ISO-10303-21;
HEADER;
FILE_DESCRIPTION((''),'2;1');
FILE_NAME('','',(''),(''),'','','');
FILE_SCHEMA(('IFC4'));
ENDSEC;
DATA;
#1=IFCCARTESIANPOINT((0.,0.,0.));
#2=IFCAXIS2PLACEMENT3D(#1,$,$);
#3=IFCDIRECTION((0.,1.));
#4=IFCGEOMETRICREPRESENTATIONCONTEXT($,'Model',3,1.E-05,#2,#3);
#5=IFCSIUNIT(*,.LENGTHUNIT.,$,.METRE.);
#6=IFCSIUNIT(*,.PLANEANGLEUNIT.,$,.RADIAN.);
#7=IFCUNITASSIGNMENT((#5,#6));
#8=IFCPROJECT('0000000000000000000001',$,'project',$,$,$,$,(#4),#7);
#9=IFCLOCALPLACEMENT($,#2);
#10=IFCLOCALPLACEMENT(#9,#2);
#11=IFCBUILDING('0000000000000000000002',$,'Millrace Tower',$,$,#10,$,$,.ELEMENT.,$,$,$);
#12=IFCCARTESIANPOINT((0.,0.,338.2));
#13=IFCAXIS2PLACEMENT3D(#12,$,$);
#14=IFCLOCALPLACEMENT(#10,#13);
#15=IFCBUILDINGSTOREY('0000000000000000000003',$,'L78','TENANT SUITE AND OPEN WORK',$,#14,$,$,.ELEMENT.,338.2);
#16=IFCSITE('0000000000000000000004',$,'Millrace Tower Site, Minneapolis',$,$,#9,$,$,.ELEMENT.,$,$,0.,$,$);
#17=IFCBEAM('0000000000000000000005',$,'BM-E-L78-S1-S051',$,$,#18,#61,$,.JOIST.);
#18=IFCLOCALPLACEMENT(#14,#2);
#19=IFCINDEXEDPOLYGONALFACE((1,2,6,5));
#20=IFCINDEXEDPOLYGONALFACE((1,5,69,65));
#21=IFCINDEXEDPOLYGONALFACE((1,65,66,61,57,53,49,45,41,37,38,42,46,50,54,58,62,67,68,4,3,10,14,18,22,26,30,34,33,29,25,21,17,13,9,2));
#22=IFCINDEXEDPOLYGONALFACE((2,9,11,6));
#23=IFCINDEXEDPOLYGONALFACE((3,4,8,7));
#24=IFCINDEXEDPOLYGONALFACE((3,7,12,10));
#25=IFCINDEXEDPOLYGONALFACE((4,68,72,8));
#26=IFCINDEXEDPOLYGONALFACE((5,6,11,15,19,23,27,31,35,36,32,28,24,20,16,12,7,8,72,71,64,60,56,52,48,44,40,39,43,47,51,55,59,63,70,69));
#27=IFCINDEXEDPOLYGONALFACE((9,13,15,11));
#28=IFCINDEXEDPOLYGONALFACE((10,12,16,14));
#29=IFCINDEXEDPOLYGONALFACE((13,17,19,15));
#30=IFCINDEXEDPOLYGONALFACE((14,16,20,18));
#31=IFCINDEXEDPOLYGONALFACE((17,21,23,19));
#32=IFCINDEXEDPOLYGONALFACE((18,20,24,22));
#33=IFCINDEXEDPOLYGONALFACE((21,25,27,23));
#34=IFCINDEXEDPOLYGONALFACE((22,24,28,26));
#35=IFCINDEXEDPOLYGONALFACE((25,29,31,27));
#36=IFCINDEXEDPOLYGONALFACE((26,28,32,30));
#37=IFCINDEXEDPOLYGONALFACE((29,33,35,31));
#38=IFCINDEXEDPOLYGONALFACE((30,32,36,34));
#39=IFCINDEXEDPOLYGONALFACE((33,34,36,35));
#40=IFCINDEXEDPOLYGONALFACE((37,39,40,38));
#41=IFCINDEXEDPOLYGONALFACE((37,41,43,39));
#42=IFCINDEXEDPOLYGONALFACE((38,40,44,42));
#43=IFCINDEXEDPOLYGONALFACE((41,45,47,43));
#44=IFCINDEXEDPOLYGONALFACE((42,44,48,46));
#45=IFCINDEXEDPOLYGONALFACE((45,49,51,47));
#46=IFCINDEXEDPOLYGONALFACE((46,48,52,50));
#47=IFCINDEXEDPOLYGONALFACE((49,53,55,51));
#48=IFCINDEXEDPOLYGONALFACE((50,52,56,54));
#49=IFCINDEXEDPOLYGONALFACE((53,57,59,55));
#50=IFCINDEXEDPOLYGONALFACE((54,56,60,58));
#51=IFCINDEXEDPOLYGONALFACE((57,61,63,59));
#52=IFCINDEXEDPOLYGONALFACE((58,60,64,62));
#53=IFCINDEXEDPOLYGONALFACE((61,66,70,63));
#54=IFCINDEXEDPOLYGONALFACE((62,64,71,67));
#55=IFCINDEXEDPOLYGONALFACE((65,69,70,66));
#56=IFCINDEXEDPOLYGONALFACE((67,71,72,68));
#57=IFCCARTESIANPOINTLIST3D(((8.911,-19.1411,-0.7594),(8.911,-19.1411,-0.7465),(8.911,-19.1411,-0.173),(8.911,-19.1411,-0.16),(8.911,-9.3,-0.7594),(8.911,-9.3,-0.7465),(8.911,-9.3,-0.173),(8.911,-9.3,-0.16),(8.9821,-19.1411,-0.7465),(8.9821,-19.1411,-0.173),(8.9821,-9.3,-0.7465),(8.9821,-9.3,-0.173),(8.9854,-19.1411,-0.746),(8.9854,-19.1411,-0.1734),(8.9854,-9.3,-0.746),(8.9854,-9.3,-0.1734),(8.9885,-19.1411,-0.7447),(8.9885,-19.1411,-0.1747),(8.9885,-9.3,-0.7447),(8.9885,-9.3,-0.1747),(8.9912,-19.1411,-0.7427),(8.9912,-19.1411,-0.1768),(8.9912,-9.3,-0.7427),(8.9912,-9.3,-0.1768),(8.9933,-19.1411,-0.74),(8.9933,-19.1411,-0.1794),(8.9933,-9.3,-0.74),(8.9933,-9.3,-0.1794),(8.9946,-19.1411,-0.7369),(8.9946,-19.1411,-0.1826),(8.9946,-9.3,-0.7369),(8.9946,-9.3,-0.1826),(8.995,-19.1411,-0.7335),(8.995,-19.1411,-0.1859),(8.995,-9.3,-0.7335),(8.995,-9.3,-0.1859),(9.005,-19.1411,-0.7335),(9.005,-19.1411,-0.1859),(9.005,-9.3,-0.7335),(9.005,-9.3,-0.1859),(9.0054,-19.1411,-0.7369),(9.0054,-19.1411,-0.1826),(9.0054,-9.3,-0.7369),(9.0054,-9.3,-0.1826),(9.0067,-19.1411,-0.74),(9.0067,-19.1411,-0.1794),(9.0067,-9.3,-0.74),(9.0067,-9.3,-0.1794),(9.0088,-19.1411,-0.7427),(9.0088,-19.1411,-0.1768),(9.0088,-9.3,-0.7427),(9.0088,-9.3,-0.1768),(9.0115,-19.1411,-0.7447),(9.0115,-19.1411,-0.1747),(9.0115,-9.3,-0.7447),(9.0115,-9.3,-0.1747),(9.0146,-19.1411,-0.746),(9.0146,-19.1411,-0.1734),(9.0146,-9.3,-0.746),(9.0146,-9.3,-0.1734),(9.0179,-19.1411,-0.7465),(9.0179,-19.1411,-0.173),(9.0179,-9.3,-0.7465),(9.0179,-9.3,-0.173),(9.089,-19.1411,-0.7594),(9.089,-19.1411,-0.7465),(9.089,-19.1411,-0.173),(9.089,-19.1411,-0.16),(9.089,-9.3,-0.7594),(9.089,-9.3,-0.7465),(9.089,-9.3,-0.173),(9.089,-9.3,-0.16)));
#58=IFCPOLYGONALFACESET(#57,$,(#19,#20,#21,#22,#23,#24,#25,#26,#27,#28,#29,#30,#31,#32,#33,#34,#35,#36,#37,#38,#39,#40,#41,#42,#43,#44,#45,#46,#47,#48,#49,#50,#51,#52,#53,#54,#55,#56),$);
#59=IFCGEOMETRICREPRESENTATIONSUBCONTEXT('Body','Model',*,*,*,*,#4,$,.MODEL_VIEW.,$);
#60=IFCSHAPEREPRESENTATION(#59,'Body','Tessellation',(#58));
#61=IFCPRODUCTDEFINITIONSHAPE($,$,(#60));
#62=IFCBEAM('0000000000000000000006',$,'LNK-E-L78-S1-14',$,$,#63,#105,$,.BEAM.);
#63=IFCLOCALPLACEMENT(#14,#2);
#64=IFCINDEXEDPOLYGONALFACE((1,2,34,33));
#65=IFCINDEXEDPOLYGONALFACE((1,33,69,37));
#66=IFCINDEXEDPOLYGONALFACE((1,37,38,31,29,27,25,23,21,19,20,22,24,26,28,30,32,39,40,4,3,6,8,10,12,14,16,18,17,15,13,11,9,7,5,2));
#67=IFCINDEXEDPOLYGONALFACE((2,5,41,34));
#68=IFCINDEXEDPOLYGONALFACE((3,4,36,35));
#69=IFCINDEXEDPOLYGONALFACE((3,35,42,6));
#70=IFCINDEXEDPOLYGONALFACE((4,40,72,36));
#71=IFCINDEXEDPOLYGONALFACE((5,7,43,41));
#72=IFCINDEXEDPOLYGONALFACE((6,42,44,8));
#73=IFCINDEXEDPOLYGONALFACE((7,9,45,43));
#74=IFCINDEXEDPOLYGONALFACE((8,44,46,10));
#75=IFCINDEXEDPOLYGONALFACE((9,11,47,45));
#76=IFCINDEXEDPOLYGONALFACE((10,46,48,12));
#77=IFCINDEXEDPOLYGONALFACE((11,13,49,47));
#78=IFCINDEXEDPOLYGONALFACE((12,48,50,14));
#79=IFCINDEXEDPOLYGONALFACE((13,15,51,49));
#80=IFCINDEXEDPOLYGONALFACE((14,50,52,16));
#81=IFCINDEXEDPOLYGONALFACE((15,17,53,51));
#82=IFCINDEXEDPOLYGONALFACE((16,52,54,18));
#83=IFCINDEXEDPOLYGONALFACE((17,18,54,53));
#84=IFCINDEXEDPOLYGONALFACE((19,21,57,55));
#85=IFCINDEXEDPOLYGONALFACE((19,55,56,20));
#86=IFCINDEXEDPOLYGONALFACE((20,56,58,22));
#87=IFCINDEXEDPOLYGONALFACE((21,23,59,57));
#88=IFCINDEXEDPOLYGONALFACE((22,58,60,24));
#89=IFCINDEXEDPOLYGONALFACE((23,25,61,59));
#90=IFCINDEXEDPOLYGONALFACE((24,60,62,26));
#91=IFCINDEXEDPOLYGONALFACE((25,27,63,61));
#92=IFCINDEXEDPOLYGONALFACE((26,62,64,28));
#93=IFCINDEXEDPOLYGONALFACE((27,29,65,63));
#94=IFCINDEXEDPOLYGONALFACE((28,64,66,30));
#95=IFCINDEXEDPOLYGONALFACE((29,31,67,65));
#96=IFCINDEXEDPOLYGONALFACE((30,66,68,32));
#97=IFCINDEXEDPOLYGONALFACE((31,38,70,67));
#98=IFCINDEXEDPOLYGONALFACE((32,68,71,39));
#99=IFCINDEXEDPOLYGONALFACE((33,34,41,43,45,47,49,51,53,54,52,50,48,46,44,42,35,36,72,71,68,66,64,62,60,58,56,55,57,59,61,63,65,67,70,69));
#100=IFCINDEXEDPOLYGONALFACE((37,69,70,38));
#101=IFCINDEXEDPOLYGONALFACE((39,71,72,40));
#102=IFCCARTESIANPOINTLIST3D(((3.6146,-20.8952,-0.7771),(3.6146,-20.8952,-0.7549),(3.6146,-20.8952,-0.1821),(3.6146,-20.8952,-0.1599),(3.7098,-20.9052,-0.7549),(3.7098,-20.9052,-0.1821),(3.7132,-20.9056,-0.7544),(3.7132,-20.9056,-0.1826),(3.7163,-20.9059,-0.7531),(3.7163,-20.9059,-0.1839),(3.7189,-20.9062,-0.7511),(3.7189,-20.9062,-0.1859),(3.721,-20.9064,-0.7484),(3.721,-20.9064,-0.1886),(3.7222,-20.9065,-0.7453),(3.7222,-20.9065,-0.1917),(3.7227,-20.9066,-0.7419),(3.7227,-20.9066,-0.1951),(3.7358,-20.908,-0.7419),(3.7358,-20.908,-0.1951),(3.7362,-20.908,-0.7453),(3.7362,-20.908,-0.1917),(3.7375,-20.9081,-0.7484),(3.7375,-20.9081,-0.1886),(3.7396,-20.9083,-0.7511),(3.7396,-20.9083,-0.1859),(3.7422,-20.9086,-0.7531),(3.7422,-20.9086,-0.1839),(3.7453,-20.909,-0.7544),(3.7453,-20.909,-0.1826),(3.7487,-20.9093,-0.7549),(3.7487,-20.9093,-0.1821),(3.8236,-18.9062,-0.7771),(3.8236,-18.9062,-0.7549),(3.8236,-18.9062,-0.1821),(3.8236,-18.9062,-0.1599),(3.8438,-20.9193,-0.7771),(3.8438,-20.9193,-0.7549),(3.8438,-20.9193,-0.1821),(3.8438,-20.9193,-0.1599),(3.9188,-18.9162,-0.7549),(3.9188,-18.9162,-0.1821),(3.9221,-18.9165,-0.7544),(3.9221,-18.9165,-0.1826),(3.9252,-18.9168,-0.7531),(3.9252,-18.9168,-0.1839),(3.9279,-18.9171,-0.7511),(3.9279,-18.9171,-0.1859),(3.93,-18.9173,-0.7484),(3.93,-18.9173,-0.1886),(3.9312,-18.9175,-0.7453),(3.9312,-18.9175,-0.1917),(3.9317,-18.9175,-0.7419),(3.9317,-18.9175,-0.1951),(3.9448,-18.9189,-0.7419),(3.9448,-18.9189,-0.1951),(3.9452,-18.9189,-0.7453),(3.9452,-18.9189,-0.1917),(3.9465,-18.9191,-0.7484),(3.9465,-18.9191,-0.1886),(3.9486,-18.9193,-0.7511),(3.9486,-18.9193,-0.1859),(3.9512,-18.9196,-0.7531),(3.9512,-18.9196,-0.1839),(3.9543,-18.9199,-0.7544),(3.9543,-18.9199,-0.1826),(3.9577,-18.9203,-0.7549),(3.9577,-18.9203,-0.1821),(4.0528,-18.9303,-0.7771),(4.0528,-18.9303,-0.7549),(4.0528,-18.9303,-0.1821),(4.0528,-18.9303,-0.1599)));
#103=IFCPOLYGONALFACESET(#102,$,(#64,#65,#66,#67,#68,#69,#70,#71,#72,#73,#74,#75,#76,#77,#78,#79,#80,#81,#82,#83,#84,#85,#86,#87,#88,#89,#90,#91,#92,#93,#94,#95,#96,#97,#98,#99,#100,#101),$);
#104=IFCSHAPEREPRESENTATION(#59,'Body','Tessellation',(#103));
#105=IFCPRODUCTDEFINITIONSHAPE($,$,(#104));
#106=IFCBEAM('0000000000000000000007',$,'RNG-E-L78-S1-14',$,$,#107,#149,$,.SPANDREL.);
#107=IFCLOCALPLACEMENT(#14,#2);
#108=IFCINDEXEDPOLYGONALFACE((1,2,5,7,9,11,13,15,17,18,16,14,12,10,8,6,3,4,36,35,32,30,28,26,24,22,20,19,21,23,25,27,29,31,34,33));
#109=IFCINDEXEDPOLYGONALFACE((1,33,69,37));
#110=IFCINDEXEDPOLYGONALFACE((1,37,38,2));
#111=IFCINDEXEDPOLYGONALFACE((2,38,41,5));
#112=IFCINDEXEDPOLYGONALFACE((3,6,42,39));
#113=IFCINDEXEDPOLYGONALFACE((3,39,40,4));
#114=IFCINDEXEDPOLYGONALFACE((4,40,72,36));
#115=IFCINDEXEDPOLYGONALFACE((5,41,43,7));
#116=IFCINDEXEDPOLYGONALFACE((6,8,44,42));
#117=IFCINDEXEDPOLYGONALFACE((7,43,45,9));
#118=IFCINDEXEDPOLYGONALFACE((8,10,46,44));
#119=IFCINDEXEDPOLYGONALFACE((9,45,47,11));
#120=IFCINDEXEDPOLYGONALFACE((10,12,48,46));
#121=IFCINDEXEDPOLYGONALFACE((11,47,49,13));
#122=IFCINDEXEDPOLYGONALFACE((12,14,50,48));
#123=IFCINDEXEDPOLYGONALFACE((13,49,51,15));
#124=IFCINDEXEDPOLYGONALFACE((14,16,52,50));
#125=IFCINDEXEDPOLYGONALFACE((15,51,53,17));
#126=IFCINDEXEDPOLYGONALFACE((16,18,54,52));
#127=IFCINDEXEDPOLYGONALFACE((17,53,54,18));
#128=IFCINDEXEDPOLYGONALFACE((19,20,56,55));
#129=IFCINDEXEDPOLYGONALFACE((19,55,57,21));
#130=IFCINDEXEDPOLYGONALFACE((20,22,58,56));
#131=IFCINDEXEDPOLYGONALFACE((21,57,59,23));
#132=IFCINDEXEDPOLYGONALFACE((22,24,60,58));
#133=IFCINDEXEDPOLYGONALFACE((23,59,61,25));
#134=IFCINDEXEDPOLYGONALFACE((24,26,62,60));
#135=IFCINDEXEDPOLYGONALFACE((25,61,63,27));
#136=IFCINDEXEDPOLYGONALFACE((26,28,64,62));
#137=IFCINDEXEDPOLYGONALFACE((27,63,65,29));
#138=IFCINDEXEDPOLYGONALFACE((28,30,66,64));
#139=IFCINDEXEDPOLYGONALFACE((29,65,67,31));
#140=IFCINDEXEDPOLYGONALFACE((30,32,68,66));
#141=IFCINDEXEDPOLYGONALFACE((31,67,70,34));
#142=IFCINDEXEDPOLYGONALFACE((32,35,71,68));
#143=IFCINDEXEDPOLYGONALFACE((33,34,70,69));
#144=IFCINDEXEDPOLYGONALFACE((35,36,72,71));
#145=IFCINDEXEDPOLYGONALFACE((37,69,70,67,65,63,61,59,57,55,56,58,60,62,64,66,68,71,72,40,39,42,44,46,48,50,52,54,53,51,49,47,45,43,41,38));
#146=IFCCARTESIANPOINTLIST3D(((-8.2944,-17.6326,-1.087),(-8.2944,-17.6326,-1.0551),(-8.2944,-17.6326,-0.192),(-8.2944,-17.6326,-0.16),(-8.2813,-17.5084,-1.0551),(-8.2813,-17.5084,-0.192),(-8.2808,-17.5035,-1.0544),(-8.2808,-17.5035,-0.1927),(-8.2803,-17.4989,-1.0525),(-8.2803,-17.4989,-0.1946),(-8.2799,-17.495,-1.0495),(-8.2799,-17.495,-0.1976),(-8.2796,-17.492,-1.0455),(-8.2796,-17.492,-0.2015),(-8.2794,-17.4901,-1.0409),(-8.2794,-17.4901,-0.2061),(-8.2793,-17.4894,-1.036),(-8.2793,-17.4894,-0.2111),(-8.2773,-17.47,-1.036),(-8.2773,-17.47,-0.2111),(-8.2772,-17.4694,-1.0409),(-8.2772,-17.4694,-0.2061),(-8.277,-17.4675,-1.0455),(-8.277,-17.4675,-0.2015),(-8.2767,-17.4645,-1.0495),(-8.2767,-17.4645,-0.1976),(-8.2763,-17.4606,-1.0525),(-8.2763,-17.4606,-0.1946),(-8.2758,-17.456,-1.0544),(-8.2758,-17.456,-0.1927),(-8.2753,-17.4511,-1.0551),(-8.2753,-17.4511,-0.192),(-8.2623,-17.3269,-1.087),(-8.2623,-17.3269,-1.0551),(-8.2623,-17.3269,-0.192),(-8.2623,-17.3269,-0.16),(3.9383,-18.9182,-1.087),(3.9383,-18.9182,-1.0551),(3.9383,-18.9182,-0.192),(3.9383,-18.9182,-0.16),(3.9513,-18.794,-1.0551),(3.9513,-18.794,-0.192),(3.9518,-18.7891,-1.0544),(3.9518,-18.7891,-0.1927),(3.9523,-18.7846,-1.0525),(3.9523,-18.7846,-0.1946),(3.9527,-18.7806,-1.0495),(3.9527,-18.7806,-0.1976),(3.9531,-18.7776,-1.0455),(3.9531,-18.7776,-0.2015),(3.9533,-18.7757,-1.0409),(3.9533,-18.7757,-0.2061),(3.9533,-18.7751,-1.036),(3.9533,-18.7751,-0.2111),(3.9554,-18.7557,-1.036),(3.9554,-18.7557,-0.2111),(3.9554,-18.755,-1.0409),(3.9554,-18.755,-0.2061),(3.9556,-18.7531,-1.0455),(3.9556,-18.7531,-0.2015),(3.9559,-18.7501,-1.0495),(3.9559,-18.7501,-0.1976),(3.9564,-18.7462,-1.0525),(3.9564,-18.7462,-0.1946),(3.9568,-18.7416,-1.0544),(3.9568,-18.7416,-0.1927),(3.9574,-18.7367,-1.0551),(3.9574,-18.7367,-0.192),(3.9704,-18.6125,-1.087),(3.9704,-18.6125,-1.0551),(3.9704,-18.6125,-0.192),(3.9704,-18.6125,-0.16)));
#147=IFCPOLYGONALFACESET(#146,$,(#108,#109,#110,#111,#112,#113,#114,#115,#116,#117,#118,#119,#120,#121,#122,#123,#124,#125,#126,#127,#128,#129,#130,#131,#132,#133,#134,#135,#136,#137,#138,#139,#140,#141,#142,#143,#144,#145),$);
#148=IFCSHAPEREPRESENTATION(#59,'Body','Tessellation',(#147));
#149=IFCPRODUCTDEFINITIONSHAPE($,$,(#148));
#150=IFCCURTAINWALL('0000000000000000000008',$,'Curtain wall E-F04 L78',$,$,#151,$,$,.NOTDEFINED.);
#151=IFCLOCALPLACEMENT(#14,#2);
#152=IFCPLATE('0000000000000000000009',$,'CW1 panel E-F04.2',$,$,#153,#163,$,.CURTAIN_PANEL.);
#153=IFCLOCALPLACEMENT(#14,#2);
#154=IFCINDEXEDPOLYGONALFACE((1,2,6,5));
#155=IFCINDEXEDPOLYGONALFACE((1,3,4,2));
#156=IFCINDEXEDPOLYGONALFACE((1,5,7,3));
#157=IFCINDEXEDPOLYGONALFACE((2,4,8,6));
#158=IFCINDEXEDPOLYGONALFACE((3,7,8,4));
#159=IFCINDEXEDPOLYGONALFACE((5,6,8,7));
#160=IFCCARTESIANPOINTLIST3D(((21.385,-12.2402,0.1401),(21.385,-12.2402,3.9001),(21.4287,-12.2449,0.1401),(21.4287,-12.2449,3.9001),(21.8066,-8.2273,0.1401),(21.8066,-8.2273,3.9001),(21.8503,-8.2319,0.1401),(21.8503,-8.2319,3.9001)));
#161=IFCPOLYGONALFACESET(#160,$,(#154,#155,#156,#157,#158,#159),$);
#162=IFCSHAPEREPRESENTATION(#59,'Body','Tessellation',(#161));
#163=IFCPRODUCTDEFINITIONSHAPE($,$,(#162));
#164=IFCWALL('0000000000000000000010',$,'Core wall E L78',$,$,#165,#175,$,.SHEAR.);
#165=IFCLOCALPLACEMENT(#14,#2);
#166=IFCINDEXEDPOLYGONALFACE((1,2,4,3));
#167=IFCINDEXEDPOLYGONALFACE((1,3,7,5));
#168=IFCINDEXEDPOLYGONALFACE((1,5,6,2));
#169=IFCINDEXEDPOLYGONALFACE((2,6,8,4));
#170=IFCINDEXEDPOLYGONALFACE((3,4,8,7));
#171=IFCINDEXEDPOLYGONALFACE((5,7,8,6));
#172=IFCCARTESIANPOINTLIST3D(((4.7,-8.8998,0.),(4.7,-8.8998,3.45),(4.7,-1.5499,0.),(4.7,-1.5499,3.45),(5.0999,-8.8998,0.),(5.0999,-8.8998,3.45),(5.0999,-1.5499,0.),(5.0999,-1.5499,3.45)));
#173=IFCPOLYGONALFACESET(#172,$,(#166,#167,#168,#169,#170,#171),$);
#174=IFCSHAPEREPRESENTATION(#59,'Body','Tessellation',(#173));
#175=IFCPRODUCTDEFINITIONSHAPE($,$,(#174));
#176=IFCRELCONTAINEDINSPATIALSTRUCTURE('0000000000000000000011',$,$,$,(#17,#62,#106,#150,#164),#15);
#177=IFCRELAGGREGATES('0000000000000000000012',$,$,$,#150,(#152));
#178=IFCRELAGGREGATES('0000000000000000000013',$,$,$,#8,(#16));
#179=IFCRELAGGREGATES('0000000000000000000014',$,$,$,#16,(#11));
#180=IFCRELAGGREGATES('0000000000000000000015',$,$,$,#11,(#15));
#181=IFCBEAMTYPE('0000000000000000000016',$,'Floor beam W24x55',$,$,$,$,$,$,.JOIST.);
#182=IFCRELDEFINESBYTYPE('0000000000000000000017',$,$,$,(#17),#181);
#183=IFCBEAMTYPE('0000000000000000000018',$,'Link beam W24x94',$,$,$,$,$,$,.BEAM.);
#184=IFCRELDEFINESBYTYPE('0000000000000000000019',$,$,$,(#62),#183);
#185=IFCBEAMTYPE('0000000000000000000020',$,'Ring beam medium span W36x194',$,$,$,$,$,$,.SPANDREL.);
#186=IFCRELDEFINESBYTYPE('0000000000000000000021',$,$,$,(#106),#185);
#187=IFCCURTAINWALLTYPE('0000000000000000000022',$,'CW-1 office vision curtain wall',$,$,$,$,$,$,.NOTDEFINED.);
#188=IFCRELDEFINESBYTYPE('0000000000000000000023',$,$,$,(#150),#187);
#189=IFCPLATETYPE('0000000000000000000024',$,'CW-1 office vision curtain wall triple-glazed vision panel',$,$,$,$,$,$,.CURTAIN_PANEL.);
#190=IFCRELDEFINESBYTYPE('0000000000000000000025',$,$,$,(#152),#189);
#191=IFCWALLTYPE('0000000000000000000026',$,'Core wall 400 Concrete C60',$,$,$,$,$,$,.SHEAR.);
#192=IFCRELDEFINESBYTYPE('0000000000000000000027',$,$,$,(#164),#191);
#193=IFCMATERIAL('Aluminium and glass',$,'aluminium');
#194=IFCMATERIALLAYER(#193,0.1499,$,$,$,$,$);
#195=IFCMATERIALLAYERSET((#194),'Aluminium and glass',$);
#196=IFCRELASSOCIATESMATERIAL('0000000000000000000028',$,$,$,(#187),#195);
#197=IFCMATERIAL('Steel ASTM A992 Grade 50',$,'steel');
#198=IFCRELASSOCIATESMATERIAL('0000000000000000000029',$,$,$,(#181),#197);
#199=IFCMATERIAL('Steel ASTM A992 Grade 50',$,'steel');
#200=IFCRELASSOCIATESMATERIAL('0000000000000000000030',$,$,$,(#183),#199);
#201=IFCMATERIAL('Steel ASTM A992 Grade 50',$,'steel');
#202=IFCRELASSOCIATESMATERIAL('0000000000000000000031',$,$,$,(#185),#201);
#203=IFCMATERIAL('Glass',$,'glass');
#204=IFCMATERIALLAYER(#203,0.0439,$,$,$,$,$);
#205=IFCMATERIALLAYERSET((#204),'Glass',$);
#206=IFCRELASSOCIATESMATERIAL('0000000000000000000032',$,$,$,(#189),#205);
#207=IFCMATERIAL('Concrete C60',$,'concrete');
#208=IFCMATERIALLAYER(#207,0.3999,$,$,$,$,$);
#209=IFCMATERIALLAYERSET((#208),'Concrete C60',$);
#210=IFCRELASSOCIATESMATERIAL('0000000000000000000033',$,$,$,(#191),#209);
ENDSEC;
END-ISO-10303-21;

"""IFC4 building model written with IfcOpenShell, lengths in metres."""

from ifc_helpers import new_model, si_unit, direction, frame, frame_2d, origin, origin_2d, place, context, subcontext, project, spatial, polyline, rectangle, i_section, outline, extrude, material, layer, layer_set, material_profile, profile_set, type_object, element, aggregate, save


model = new_model("IFC4")

# Units and contexts
model_context = context("Model", 3, precision=1e-05, world=origin(), true_north=direction((0.0, 1.0)))
body_context = subcontext(model_context, "Body", "Model", "MODEL_VIEW")
ifc_project = project(units=[si_unit("LENGTHUNIT", "METRE"), si_unit("PLANEANGLEUNIT", "RADIAN")], contexts=[model_context])

# Site, building, storey
site_placement = place(None, origin())
site = spatial("IfcSite", under=ifc_project, at=site_placement, Name="Millrace Tower Site, Minneapolis", CompositionType="ELEMENT", RefElevation=0.0)
building_placement = place(site_placement, origin())
building = spatial("IfcBuilding", under=site, at=building_placement, Name="Millrace Tower", CompositionType="ELEMENT")
storey_placement = place(building_placement, frame((0.0, 0.0, 338.2)))
storey = spatial("IfcBuildingStorey", under=building, at=storey_placement, Name="L78", Description="TENANT SUITE AND OPEN WORK", CompositionType="ELEMENT", Elevation=338.2)

# Shared definitions
ifc_material_1 = material(Name="Aluminium and glass", Category="aluminium")
ifc_layer_1 = layer(ifc_material_1, 0.1499)
ifc_layer_set_1 = layer_set([ifc_layer_1], Name="Aluminium and glass")
curtain_wall_type = type_object("IfcCurtainWallType", Name="CW-1 office vision curtain wall", PredefinedType="NOTDEFINED", material=ifc_layer_set_1)
placement = place(storey_placement, origin())

# Beams
ifc_material_2 = material(Name="Steel ASTM A992 Grade 50", Category="steel")
ifc_material_profile_1 = material_profile(ifc_material_2, i_section(OverallWidth=0.178, OverallDepth=0.5994, WebThickness=0.01, FlangeThickness=0.0129, FilletRadius=0.0129, at=origin_2d()))
ifc_profile_set_1 = profile_set([ifc_material_profile_1], Name="Steel ASTM A992 Grade 50")
beam_type_1 = type_object("IfcBeamType", Name="Floor beam W24x55", PredefinedType="JOIST", material=ifc_profile_set_1)
beam_1_placement = place(storey_placement, frame((9.0, -19.1411, -0.4597), z_axis=(0.0, 1.0, 0.0), x_axis=(-1.0, 0.0, 0.0)))
element("IfcBeam", 1, at=beam_1_placement, inside=storey, type_object=beam_type_1, Name="BM-E-L78-S1-S051", PredefinedType="JOIST", context=body_context, shape_type="SweptSolid", body=[
    extrude(i_section(OverallWidth=0.178, OverallDepth=0.5994, WebThickness=0.01, FlangeThickness=0.0129, FilletRadius=0.0129, at=origin_2d()), origin(), (0.0, 0.0, 1.0), 9.8411),
])
ifc_material_3 = material(Name="Steel ASTM A992 Grade 50", Category="steel")
ifc_material_profile_2 = material_profile(ifc_material_3, i_section(OverallWidth=0.2305, OverallDepth=0.6172, WebThickness=0.0132, FlangeThickness=0.0222, FilletRadius=0.0129, at=origin_2d()))
ifc_profile_set_2 = profile_set([ifc_material_profile_2], Name="Steel ASTM A992 Grade 50")
beam_type_2 = type_object("IfcBeamType", Name="Link beam W24x94", PredefinedType="BEAM", material=ifc_profile_set_2)
beam_2_placement = place(storey_placement, frame((3.9382, -18.9182, -0.4685), z_axis=(-0.104494, -0.994526, 0.0), x_axis=(0.994526, -0.104494, 0.0)))
element("IfcBeam", 2, at=beam_2_placement, inside=storey, type_object=beam_type_2, Name="LNK-E-L78-S1-14", PredefinedType="BEAM", context=body_context, shape_type="SweptSolid", body=[
    extrude(i_section(OverallWidth=0.2305, OverallDepth=0.6172, WebThickness=0.0132, FlangeThickness=0.0222, FilletRadius=0.0129, at=origin_2d()), origin(), (0.0, 0.0, 1.0), 2.0),
])
ifc_material_4 = material(Name="Steel ASTM A992 Grade 50", Category="steel")
ifc_material_profile_3 = material_profile(ifc_material_4, i_section(OverallWidth=0.3074, OverallDepth=0.927, WebThickness=0.0195, FlangeThickness=0.032, FilletRadius=0.019, at=origin_2d()))
ifc_profile_set_3 = profile_set([ifc_material_profile_3], Name="Steel ASTM A992 Grade 50")
beam_type_3 = type_object("IfcBeamType", Name="Ring beam medium span W36x194", PredefinedType="SPANDREL", material=ifc_profile_set_3)
beam_3_placement = place(storey_placement, frame((3.9543, -18.7654, -0.6235), z_axis=(-0.994522, 0.104524, 0.0), x_axis=(-0.104524, -0.994522, 0.0)))
element("IfcBeam", 3, at=beam_3_placement, inside=storey, type_object=beam_type_3, Name="RNG-E-L78-S1-14", PredefinedType="SPANDREL", context=body_context, shape_type="SweptSolid", body=[
    extrude(i_section(OverallWidth=0.3074, OverallDepth=0.927, WebThickness=0.0195, FlangeThickness=0.032, FilletRadius=0.019, at=origin_2d()), origin(), (0.0, 0.0, 1.0), 12.3),
])

# Curtain wall, plate
curtain_wall_1 = element("IfcCurtainWall", 4, at=placement, inside=storey, type_object=curtain_wall_type, Name="Curtain wall E-F04 L78", PredefinedType="NOTDEFINED")
ifc_material_5 = material(Name="Glass", Category="glass")
ifc_layer_2 = layer(ifc_material_5, 0.0439)
ifc_layer_set_2 = layer_set([ifc_layer_2], Name="Glass")
plate_type = type_object("IfcPlateType", Name="CW-1 office vision curtain wall triple-glazed vision panel", PredefinedType="CURTAIN_PANEL", material=ifc_layer_set_2)
plate_placement = place(storey_placement, frame((0.0, 0.0, 0.1401)))
plate = element("IfcPlate", 5, at=plate_placement, type_object=plate_type, Name="CW1 panel E-F04.2", PredefinedType="CURTAIN_PANEL", context=body_context, shape_type="SweptSolid", body=[
    extrude(outline(polyline([(21.4287, -12.2449), (21.8503, -8.2319), (21.8066, -8.2273), (21.385, -12.2402), (21.4287, -12.2449)])), origin(), (0.0, 0.0, 1.0), 3.76),
])
aggregate(curtain_wall_1, [plate])

# Wall
ifc_material_6 = material(Name="Concrete C60", Category="concrete")
ifc_layer_3 = layer(ifc_material_6, 0.3999)
ifc_layer_set_3 = layer_set([ifc_layer_3], Name="Concrete C60")
wall_type_1 = type_object("IfcWallType", Name="Core wall 400 Concrete C60", PredefinedType="SHEAR", material=ifc_layer_set_3)
wall_1_placement = place(storey_placement, frame((4.8999, -1.55, 0.0), z_axis=(0.0, 0.0, 1.0), x_axis=(0.0, -1.0, 0.0)))
element("IfcWall", 6, at=wall_1_placement, inside=storey, type_object=wall_type_1, Name="Core wall E L78", PredefinedType="SHEAR", context=body_context, shape_type="SweptSolid", body=[
    extrude(rectangle(XDim=7.3499, YDim=0.3999, at=frame_2d((3.6748, 0.0))), origin(), (0.0, 0.0, 1.0), 3.45),
])

save(model, "model.ifc")
